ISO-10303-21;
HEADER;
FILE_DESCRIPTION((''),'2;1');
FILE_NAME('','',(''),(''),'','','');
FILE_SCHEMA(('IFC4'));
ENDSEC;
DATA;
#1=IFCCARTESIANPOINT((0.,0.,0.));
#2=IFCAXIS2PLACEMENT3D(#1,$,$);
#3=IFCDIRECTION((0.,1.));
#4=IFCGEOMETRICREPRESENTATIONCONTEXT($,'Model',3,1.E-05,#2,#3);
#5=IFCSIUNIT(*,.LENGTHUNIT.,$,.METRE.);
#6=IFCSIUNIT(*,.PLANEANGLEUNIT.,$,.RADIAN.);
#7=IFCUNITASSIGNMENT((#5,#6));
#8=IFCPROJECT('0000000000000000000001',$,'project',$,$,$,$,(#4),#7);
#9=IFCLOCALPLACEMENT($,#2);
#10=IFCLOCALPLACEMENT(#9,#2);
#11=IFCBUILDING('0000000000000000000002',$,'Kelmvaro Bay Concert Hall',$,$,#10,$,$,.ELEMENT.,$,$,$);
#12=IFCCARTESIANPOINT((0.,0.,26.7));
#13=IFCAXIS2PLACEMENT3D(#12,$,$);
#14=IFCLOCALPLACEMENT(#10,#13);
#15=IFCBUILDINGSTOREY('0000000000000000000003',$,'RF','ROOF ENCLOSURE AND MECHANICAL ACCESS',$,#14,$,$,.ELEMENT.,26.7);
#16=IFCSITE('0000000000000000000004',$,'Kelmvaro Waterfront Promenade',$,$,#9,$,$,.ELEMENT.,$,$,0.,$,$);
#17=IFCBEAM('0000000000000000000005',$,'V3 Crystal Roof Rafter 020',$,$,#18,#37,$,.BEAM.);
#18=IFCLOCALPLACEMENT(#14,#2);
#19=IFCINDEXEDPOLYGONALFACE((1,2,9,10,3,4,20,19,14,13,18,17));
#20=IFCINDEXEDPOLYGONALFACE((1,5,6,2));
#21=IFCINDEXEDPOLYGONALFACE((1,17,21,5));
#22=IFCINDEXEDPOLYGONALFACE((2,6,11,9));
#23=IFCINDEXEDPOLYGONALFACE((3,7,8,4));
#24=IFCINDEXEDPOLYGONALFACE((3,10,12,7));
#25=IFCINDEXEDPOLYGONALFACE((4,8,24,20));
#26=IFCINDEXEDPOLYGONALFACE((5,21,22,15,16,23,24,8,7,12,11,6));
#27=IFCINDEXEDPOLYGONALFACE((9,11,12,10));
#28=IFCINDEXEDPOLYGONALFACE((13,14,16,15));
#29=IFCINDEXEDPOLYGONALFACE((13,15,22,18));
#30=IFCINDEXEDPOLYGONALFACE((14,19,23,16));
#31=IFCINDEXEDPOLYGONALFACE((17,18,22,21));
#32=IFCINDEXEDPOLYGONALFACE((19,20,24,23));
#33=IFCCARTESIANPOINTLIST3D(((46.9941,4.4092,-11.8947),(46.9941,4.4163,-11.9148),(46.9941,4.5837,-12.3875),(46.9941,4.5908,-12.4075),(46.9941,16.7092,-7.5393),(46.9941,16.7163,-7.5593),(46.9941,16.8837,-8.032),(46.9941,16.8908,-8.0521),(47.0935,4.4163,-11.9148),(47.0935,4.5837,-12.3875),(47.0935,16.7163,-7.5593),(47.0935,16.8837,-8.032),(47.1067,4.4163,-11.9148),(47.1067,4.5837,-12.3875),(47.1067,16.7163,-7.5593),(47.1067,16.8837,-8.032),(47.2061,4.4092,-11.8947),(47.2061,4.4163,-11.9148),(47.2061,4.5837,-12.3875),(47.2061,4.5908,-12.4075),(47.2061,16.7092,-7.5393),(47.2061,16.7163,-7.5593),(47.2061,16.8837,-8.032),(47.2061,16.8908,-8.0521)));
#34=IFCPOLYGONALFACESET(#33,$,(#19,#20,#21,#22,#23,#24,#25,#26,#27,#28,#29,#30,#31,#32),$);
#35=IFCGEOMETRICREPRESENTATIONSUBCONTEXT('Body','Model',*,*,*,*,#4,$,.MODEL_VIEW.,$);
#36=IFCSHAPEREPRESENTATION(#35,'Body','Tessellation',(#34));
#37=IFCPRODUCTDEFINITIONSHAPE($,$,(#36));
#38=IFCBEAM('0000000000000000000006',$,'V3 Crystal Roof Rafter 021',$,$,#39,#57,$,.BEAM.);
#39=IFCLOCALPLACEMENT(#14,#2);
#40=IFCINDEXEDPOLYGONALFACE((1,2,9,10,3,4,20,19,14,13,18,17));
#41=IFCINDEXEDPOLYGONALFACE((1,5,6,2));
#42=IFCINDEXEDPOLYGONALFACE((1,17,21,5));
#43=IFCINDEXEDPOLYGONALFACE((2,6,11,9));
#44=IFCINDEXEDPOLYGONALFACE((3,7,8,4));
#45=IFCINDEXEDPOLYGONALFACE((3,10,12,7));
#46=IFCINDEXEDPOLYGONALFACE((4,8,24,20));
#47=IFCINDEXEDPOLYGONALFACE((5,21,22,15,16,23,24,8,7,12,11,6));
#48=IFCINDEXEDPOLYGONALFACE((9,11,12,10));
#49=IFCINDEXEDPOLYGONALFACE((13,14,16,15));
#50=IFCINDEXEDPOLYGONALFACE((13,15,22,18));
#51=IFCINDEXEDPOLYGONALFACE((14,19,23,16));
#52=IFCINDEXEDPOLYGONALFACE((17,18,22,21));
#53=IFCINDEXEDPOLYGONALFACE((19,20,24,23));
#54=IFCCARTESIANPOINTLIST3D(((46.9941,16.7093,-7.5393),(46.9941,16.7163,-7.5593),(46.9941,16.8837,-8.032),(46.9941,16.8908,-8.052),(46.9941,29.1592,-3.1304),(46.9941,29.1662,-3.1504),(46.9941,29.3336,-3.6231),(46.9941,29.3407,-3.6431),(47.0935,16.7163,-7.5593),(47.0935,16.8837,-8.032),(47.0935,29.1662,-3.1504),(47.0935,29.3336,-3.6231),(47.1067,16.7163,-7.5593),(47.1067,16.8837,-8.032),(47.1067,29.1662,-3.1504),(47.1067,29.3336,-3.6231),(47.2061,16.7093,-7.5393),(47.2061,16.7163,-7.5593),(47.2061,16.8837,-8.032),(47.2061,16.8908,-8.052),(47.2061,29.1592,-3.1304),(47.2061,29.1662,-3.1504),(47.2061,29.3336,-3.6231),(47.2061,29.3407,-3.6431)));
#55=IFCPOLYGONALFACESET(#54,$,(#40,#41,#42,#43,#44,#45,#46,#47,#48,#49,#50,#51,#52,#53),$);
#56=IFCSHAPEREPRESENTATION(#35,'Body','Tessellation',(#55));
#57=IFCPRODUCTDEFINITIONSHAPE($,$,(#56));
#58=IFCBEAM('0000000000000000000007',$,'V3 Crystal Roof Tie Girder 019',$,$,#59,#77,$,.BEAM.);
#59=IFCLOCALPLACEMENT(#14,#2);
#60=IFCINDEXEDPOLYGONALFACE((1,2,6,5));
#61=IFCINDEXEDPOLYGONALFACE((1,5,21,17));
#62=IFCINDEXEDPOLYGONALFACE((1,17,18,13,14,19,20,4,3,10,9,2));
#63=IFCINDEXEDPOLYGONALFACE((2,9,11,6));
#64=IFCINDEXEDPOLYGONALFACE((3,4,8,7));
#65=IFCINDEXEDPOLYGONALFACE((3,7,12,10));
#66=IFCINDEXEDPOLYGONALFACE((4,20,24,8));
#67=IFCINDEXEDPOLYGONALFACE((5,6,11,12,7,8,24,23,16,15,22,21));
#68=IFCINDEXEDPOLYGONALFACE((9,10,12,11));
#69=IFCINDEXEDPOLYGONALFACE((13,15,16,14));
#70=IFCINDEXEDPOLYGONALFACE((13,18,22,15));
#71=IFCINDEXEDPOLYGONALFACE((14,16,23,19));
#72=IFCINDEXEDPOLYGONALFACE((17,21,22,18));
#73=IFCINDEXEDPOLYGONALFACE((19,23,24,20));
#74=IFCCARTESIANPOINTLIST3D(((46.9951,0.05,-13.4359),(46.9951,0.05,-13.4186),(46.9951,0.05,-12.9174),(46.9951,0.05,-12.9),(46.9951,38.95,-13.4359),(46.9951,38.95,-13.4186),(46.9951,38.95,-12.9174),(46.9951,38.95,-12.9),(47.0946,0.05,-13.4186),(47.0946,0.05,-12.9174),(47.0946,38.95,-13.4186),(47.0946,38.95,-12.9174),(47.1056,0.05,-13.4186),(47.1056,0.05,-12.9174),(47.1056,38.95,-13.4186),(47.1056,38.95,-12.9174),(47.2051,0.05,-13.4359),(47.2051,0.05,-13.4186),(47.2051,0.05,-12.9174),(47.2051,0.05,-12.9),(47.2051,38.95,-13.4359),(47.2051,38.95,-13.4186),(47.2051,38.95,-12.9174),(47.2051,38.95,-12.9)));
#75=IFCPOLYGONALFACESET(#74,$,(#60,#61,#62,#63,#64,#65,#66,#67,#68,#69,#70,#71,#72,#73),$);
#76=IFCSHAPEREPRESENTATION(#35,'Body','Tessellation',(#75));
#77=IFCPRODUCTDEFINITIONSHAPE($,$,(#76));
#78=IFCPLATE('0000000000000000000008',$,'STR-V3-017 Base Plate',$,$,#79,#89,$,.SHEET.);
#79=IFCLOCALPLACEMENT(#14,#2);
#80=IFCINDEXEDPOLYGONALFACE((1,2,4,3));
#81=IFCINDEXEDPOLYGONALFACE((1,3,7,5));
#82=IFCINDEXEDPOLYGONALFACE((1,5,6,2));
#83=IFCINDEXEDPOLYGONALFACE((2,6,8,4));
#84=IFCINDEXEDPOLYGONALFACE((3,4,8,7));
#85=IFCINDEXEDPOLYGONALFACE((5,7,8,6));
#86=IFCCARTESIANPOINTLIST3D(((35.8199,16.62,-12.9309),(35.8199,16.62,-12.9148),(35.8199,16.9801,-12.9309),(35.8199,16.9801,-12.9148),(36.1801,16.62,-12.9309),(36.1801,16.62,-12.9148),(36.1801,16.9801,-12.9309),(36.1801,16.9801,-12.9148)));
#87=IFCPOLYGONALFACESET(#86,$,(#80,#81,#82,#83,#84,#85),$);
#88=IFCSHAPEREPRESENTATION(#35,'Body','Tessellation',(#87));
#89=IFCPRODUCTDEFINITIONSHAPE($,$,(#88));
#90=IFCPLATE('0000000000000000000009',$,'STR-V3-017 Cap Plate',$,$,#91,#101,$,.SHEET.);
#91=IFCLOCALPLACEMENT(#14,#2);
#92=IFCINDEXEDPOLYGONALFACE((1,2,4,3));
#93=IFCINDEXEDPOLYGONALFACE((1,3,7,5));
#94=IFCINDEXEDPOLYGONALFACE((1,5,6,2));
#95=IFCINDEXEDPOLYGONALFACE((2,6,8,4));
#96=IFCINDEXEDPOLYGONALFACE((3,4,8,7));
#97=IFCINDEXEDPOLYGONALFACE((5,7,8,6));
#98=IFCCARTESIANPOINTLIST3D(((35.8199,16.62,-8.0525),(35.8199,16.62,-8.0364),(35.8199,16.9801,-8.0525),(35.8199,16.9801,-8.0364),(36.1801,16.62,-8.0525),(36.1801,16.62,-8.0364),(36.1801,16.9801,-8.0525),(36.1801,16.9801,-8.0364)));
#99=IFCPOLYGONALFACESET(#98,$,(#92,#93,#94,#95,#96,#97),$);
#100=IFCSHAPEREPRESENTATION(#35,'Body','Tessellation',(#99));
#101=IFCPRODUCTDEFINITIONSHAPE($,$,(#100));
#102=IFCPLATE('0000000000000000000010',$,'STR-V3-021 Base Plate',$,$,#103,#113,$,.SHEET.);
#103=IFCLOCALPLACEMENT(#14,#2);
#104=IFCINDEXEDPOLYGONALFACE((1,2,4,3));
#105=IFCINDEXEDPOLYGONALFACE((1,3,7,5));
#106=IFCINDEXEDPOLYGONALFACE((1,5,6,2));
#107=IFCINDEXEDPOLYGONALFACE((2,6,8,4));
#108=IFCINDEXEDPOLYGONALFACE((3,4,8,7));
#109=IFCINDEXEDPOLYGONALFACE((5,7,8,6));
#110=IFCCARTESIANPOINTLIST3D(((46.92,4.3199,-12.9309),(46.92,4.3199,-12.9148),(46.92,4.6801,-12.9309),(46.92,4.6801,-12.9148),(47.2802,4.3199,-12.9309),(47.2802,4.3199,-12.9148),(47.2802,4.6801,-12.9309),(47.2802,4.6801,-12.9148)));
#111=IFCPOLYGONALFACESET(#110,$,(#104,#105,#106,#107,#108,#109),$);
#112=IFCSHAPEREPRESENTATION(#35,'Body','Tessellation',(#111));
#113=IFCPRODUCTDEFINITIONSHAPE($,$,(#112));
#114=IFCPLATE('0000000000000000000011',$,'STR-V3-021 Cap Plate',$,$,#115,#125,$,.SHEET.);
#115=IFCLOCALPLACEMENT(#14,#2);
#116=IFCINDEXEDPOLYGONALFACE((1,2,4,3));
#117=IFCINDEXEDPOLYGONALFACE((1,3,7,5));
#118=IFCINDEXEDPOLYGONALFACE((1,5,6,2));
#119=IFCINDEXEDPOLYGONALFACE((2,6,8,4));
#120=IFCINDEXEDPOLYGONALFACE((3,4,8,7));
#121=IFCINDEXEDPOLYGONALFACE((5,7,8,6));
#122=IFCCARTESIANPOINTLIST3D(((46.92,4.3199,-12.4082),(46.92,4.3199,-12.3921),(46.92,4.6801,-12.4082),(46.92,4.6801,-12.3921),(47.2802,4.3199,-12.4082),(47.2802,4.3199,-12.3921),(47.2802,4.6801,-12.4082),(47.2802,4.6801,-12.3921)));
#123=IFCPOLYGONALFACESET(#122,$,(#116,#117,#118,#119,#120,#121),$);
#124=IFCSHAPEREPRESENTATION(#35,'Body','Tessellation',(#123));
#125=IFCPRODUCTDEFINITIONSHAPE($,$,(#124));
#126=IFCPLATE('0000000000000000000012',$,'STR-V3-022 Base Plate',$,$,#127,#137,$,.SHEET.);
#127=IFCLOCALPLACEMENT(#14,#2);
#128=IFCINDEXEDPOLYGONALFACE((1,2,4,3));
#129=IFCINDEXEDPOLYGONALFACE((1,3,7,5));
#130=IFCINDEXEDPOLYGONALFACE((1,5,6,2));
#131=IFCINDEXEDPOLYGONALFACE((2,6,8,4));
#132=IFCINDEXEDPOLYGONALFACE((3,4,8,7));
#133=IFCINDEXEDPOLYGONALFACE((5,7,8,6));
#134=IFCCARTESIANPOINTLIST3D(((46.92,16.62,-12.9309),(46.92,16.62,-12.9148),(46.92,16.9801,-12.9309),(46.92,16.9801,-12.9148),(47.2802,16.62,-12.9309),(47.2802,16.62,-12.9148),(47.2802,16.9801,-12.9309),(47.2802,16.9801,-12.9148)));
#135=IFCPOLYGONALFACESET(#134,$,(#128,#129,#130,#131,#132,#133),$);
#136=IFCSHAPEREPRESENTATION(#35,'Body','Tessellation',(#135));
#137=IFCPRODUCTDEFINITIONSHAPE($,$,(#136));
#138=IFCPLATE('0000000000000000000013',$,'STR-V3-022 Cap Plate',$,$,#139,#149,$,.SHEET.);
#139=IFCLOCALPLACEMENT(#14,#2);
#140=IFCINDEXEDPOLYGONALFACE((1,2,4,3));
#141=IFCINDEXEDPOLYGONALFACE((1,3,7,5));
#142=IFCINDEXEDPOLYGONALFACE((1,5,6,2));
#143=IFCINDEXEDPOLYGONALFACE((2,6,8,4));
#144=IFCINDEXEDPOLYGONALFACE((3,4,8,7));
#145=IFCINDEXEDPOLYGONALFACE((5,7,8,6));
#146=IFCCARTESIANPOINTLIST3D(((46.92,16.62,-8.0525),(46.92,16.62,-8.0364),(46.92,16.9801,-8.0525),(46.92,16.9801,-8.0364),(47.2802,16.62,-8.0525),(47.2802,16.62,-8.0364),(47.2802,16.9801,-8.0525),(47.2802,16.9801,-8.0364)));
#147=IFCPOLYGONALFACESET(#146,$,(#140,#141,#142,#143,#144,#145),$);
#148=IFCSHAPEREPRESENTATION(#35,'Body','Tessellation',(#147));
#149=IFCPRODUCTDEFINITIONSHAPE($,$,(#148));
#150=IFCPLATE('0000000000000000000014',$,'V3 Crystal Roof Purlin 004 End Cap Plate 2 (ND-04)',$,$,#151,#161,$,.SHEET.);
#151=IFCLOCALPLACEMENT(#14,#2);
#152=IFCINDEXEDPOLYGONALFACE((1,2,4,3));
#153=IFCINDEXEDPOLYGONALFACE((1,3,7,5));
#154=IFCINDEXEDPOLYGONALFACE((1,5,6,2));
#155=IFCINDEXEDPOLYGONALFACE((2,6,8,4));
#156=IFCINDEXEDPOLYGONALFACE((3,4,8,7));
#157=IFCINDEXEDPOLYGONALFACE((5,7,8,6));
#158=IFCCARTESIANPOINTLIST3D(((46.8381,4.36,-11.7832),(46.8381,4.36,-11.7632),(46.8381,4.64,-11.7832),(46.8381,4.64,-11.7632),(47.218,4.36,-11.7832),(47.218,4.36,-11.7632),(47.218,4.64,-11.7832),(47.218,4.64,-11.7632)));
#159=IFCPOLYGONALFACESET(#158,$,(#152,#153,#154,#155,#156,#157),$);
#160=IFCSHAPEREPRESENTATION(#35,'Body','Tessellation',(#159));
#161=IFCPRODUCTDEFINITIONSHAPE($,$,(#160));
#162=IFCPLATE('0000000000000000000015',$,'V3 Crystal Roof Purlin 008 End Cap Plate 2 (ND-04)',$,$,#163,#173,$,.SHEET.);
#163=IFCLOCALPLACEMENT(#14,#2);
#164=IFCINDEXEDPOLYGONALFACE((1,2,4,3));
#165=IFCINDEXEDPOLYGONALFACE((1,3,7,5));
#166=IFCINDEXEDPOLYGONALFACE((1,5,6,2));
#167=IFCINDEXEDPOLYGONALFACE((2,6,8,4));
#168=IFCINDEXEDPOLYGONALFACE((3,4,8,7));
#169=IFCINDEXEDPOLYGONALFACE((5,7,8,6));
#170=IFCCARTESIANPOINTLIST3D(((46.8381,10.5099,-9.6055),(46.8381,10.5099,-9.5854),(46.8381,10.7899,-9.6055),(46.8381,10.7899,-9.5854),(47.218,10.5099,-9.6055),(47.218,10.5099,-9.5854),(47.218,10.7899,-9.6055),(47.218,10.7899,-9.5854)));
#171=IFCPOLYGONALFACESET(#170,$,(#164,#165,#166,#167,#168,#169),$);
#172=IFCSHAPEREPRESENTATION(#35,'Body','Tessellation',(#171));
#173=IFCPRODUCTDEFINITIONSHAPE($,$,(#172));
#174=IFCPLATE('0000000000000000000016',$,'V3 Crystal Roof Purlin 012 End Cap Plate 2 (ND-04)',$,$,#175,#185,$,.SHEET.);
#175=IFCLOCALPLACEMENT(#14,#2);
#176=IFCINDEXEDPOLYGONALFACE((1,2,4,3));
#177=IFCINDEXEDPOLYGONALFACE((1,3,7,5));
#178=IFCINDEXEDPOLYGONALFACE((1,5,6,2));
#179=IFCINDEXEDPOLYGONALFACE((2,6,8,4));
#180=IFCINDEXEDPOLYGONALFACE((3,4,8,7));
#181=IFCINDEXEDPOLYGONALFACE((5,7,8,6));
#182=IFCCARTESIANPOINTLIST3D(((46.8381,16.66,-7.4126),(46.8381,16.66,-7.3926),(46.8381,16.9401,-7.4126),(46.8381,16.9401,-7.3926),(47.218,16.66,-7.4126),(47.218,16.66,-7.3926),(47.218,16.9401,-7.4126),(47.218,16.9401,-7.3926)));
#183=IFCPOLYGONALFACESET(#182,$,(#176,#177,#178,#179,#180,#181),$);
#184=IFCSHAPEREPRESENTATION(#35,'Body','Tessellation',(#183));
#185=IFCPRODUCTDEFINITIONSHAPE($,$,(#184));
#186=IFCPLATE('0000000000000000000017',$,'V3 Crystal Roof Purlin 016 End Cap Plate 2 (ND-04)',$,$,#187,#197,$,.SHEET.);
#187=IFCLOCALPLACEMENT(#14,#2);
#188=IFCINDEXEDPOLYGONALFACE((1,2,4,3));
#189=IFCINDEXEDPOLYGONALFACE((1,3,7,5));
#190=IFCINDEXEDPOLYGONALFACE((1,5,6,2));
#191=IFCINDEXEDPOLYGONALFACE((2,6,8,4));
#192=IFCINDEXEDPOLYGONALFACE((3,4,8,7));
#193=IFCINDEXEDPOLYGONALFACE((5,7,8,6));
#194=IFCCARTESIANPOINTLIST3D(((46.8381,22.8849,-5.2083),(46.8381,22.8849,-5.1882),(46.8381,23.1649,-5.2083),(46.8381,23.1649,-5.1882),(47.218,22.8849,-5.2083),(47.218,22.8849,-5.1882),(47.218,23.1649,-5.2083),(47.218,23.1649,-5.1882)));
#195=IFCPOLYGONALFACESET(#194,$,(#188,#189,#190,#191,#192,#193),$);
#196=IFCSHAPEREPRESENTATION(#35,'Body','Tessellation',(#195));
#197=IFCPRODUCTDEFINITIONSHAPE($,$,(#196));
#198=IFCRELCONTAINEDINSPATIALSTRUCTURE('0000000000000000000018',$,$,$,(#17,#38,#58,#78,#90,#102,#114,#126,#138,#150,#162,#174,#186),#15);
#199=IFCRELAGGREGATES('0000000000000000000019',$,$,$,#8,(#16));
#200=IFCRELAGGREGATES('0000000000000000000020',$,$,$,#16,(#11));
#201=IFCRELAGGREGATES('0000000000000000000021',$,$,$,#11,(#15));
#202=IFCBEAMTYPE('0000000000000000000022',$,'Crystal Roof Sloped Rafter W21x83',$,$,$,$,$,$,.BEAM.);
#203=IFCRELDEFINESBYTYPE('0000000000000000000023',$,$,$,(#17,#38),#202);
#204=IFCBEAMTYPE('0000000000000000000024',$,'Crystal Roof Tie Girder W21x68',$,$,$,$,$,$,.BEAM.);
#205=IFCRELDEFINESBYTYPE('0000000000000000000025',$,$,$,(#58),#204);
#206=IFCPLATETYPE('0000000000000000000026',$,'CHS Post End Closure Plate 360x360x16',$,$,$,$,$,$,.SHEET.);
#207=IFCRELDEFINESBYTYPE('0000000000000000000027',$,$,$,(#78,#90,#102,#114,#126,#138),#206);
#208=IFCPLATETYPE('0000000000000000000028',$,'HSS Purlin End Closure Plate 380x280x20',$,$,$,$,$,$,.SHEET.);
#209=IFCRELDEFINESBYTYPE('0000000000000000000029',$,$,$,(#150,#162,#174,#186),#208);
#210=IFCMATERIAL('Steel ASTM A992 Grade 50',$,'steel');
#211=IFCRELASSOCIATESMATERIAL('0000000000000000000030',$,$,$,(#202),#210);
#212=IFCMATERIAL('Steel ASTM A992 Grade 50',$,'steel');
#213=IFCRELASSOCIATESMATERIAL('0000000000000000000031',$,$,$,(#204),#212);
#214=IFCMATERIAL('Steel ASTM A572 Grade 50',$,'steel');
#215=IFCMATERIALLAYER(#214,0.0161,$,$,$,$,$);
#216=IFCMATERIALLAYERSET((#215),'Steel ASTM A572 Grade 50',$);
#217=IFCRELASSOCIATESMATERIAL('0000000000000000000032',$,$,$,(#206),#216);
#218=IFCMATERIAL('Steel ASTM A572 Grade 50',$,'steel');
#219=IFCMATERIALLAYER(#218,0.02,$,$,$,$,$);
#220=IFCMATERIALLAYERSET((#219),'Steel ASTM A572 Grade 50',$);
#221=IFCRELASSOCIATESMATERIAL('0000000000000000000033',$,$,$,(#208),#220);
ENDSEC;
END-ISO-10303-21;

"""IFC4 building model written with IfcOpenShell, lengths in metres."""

from ifc_helpers import new_model, si_unit, direction, frame, origin, origin_2d, place, context, subcontext, project, spatial, rectangle, i_section, extrude, material, layer, layer_set, material_profile, profile_set, type_object, element, save


model = new_model("IFC4")

# Units and contexts
model_context = context("Model", 3, precision=1e-05, world=origin(), true_north=direction((0.0, 1.0)))
body_context = subcontext(model_context, "Body", "Model", "MODEL_VIEW")
ifc_project = project(units=[si_unit("LENGTHUNIT", "METRE"), si_unit("PLANEANGLEUNIT", "RADIAN")], contexts=[model_context])

# Site, building, storey
site_placement = place(None, origin())
site = spatial("IfcSite", under=ifc_project, at=site_placement, Name="Kelmvaro Waterfront Promenade", CompositionType="ELEMENT", RefElevation=0.0)
building_placement = place(site_placement, origin())
building = spatial("IfcBuilding", under=site, at=building_placement, Name="Kelmvaro Bay Concert Hall", CompositionType="ELEMENT")
storey_placement = place(building_placement, frame((0.0, 0.0, 26.7)))
storey = spatial("IfcBuildingStorey", under=building, at=storey_placement, Name="RF", Description="ROOF ENCLOSURE AND MECHANICAL ACCESS", CompositionType="ELEMENT", Elevation=26.7)

# Beams
ifc_material_1 = material(Name="Steel ASTM A992 Grade 50", Category="steel")
ifc_material_profile_1 = material_profile(ifc_material_1, i_section(OverallWidth=0.2119, OverallDepth=0.5439, WebThickness=0.0132, FlangeThickness=0.0212, at=origin_2d()), Name="W21X83")
ifc_profile_set_1 = profile_set([ifc_material_profile_1], Name="Steel ASTM A992 Grade 50")
beam_type_1 = type_object("IfcBeamType", Name="Crystal Roof Sloped Rafter W21x83", PredefinedType="BEAM", material=ifc_profile_set_1)
beam_1_placement = place(storey_placement, frame((47.1001, 4.5, -12.1511), z_axis=(0.0, 0.942646, 0.333793), x_axis=(-1.0, 0.0, 0.0)))
element("IfcBeam", 1, at=beam_1_placement, inside=storey, type_object=beam_type_1, Name="V3 Crystal Roof Rafter 020", PredefinedType="BEAM", context=body_context, shape_type="SweptSolid", body=[
    extrude(i_section(OverallWidth=0.2119, OverallDepth=0.5439, WebThickness=0.0132, FlangeThickness=0.0212, at=origin_2d()), origin(), (0.0, 0.0, 1.0), 13.0483),
])
beam_2_placement = place(storey_placement, frame((47.1001, 16.8, -7.7957), z_axis=(0.0, 0.942637, 0.333819), x_axis=(-1.0, 0.0, 0.0)))
element("IfcBeam", 2, at=beam_2_placement, inside=storey, type_object=beam_type_1, Name="V3 Crystal Roof Rafter 021", PredefinedType="BEAM", context=body_context, shape_type="SweptSolid", body=[
    extrude(i_section(OverallWidth=0.2119, OverallDepth=0.5439, WebThickness=0.0132, FlangeThickness=0.0212, at=origin_2d()), origin(), (0.0, 0.0, 1.0), 13.2075),
])
ifc_material_2 = material(Name="Steel ASTM A992 Grade 50", Category="steel")
ifc_material_profile_2 = material_profile(ifc_material_2, i_section(OverallWidth=0.21, OverallDepth=0.5359, WebThickness=0.011, FlangeThickness=0.0173, at=origin_2d()), Name="W21X68")
ifc_profile_set_2 = profile_set([ifc_material_profile_2], Name="Steel ASTM A992 Grade 50")
beam_type_2 = type_object("IfcBeamType", Name="Crystal Roof Tie Girder W21x68", PredefinedType="BEAM", material=ifc_profile_set_2)
beam_3_placement = place(storey_placement, frame((47.1001, 0.05, -13.168), z_axis=(0.0, 1.0, 0.0), x_axis=(-1.0, 0.0, 0.0)))
element("IfcBeam", 3, at=beam_3_placement, inside=storey, type_object=beam_type_2, Name="V3 Crystal Roof Tie Girder 019", PredefinedType="BEAM", context=body_context, shape_type="SweptSolid", body=[
    extrude(i_section(OverallWidth=0.21, OverallDepth=0.5359, WebThickness=0.011, FlangeThickness=0.0173, at=origin_2d()), origin(), (0.0, 0.0, 1.0), 38.8999),
])

# Plates
ifc_material_3 = material(Name="Steel ASTM A572 Grade 50", Category="steel")
ifc_layer_1 = layer(ifc_material_3, 0.0161)
ifc_layer_set_1 = layer_set([ifc_layer_1], Name="Steel ASTM A572 Grade 50")
plate_type_1 = type_object("IfcPlateType", Name="CHS Post End Closure Plate 360x360x16", PredefinedType="SHEET", material=ifc_layer_set_1)
for number, where, z_axis, x_axis, name in (
    (4, (36.0, 16.8, -12.9309), (0.0, 0.0, 1.0), (1.0, 0.0, 0.0), "STR-V3-017 Base Plate"),
    (5, (36.0, 16.8, -8.0525), (0.0, 0.0, 1.0), (1.0, 0.0, 0.0), "STR-V3-017 Cap Plate"),
    (6, (47.1001, 4.5, -12.9309), (0.0, 0.0, 1.0), (1.0, 0.0, 0.0), "STR-V3-021 Base Plate"),
    (7, (47.1001, 4.5, -12.4082), (0.0, 0.0, 1.0), (1.0, 0.0, 0.0), "STR-V3-021 Cap Plate"),
    (8, (47.1001, 16.8, -12.9309), (0.0, 0.0, 1.0), (1.0, 0.0, 0.0), "STR-V3-022 Base Plate"),
    (9, (47.1001, 16.8, -8.0525), (0.0, 0.0, 1.0), (1.0, 0.0, 0.0), "STR-V3-022 Cap Plate"),
):
    element("IfcPlate", number, at=place(storey_placement, frame(where, z_axis=z_axis, x_axis=x_axis)), inside=storey, type_object=plate_type_1, Name=name, PredefinedType="SHEET", context=body_context, shape_type="SweptSolid", body=[
        extrude(rectangle(XDim=0.3601, YDim=0.3601, at=origin_2d()), origin(), (0.0, 0.0, 1.0), 0.0161),
    ])
ifc_material_4 = material(Name="Steel ASTM A572 Grade 50", Category="steel")
ifc_layer_2 = layer(ifc_material_4, 0.02)
ifc_layer_set_2 = layer_set([ifc_layer_2], Name="Steel ASTM A572 Grade 50")
plate_type_2 = type_object("IfcPlateType", Name="HSS Purlin End Closure Plate 380x280x20", PredefinedType="SHEET", material=ifc_layer_set_2)
for number, where, z_axis, x_axis, name in (
    (10, (47.0281, 4.5, -11.7832), (0.0, 0.0, 1.0), (1.0, 0.0, 0.0), "V3 Crystal Roof Purlin 004 End Cap Plate 2 (ND-04)"),
    (11, (47.0281, 10.6499, -9.6055), (0.0, 0.0, 1.0), (1.0, 0.0, 0.0), "V3 Crystal Roof Purlin 008 End Cap Plate 2 (ND-04)"),
    (12, (47.0281, 16.8, -7.4126), (0.0, 0.0, 1.0), (1.0, 0.0, 0.0), "V3 Crystal Roof Purlin 012 End Cap Plate 2 (ND-04)"),
    (13, (47.0281, 23.0249, -5.2083), (0.0, 0.0, 1.0), (1.0, 0.0, 0.0), "V3 Crystal Roof Purlin 016 End Cap Plate 2 (ND-04)"),
):
    element("IfcPlate", number, at=place(storey_placement, frame(where, z_axis=z_axis, x_axis=x_axis)), inside=storey, type_object=plate_type_2, Name=name, PredefinedType="SHEET", context=body_context, shape_type="SweptSolid", body=[
        extrude(rectangle(XDim=0.3799, YDim=0.28, at=origin_2d()), origin(), (0.0, 0.0, 1.0), 0.02),
    ])

save(model, "model.ifc")
